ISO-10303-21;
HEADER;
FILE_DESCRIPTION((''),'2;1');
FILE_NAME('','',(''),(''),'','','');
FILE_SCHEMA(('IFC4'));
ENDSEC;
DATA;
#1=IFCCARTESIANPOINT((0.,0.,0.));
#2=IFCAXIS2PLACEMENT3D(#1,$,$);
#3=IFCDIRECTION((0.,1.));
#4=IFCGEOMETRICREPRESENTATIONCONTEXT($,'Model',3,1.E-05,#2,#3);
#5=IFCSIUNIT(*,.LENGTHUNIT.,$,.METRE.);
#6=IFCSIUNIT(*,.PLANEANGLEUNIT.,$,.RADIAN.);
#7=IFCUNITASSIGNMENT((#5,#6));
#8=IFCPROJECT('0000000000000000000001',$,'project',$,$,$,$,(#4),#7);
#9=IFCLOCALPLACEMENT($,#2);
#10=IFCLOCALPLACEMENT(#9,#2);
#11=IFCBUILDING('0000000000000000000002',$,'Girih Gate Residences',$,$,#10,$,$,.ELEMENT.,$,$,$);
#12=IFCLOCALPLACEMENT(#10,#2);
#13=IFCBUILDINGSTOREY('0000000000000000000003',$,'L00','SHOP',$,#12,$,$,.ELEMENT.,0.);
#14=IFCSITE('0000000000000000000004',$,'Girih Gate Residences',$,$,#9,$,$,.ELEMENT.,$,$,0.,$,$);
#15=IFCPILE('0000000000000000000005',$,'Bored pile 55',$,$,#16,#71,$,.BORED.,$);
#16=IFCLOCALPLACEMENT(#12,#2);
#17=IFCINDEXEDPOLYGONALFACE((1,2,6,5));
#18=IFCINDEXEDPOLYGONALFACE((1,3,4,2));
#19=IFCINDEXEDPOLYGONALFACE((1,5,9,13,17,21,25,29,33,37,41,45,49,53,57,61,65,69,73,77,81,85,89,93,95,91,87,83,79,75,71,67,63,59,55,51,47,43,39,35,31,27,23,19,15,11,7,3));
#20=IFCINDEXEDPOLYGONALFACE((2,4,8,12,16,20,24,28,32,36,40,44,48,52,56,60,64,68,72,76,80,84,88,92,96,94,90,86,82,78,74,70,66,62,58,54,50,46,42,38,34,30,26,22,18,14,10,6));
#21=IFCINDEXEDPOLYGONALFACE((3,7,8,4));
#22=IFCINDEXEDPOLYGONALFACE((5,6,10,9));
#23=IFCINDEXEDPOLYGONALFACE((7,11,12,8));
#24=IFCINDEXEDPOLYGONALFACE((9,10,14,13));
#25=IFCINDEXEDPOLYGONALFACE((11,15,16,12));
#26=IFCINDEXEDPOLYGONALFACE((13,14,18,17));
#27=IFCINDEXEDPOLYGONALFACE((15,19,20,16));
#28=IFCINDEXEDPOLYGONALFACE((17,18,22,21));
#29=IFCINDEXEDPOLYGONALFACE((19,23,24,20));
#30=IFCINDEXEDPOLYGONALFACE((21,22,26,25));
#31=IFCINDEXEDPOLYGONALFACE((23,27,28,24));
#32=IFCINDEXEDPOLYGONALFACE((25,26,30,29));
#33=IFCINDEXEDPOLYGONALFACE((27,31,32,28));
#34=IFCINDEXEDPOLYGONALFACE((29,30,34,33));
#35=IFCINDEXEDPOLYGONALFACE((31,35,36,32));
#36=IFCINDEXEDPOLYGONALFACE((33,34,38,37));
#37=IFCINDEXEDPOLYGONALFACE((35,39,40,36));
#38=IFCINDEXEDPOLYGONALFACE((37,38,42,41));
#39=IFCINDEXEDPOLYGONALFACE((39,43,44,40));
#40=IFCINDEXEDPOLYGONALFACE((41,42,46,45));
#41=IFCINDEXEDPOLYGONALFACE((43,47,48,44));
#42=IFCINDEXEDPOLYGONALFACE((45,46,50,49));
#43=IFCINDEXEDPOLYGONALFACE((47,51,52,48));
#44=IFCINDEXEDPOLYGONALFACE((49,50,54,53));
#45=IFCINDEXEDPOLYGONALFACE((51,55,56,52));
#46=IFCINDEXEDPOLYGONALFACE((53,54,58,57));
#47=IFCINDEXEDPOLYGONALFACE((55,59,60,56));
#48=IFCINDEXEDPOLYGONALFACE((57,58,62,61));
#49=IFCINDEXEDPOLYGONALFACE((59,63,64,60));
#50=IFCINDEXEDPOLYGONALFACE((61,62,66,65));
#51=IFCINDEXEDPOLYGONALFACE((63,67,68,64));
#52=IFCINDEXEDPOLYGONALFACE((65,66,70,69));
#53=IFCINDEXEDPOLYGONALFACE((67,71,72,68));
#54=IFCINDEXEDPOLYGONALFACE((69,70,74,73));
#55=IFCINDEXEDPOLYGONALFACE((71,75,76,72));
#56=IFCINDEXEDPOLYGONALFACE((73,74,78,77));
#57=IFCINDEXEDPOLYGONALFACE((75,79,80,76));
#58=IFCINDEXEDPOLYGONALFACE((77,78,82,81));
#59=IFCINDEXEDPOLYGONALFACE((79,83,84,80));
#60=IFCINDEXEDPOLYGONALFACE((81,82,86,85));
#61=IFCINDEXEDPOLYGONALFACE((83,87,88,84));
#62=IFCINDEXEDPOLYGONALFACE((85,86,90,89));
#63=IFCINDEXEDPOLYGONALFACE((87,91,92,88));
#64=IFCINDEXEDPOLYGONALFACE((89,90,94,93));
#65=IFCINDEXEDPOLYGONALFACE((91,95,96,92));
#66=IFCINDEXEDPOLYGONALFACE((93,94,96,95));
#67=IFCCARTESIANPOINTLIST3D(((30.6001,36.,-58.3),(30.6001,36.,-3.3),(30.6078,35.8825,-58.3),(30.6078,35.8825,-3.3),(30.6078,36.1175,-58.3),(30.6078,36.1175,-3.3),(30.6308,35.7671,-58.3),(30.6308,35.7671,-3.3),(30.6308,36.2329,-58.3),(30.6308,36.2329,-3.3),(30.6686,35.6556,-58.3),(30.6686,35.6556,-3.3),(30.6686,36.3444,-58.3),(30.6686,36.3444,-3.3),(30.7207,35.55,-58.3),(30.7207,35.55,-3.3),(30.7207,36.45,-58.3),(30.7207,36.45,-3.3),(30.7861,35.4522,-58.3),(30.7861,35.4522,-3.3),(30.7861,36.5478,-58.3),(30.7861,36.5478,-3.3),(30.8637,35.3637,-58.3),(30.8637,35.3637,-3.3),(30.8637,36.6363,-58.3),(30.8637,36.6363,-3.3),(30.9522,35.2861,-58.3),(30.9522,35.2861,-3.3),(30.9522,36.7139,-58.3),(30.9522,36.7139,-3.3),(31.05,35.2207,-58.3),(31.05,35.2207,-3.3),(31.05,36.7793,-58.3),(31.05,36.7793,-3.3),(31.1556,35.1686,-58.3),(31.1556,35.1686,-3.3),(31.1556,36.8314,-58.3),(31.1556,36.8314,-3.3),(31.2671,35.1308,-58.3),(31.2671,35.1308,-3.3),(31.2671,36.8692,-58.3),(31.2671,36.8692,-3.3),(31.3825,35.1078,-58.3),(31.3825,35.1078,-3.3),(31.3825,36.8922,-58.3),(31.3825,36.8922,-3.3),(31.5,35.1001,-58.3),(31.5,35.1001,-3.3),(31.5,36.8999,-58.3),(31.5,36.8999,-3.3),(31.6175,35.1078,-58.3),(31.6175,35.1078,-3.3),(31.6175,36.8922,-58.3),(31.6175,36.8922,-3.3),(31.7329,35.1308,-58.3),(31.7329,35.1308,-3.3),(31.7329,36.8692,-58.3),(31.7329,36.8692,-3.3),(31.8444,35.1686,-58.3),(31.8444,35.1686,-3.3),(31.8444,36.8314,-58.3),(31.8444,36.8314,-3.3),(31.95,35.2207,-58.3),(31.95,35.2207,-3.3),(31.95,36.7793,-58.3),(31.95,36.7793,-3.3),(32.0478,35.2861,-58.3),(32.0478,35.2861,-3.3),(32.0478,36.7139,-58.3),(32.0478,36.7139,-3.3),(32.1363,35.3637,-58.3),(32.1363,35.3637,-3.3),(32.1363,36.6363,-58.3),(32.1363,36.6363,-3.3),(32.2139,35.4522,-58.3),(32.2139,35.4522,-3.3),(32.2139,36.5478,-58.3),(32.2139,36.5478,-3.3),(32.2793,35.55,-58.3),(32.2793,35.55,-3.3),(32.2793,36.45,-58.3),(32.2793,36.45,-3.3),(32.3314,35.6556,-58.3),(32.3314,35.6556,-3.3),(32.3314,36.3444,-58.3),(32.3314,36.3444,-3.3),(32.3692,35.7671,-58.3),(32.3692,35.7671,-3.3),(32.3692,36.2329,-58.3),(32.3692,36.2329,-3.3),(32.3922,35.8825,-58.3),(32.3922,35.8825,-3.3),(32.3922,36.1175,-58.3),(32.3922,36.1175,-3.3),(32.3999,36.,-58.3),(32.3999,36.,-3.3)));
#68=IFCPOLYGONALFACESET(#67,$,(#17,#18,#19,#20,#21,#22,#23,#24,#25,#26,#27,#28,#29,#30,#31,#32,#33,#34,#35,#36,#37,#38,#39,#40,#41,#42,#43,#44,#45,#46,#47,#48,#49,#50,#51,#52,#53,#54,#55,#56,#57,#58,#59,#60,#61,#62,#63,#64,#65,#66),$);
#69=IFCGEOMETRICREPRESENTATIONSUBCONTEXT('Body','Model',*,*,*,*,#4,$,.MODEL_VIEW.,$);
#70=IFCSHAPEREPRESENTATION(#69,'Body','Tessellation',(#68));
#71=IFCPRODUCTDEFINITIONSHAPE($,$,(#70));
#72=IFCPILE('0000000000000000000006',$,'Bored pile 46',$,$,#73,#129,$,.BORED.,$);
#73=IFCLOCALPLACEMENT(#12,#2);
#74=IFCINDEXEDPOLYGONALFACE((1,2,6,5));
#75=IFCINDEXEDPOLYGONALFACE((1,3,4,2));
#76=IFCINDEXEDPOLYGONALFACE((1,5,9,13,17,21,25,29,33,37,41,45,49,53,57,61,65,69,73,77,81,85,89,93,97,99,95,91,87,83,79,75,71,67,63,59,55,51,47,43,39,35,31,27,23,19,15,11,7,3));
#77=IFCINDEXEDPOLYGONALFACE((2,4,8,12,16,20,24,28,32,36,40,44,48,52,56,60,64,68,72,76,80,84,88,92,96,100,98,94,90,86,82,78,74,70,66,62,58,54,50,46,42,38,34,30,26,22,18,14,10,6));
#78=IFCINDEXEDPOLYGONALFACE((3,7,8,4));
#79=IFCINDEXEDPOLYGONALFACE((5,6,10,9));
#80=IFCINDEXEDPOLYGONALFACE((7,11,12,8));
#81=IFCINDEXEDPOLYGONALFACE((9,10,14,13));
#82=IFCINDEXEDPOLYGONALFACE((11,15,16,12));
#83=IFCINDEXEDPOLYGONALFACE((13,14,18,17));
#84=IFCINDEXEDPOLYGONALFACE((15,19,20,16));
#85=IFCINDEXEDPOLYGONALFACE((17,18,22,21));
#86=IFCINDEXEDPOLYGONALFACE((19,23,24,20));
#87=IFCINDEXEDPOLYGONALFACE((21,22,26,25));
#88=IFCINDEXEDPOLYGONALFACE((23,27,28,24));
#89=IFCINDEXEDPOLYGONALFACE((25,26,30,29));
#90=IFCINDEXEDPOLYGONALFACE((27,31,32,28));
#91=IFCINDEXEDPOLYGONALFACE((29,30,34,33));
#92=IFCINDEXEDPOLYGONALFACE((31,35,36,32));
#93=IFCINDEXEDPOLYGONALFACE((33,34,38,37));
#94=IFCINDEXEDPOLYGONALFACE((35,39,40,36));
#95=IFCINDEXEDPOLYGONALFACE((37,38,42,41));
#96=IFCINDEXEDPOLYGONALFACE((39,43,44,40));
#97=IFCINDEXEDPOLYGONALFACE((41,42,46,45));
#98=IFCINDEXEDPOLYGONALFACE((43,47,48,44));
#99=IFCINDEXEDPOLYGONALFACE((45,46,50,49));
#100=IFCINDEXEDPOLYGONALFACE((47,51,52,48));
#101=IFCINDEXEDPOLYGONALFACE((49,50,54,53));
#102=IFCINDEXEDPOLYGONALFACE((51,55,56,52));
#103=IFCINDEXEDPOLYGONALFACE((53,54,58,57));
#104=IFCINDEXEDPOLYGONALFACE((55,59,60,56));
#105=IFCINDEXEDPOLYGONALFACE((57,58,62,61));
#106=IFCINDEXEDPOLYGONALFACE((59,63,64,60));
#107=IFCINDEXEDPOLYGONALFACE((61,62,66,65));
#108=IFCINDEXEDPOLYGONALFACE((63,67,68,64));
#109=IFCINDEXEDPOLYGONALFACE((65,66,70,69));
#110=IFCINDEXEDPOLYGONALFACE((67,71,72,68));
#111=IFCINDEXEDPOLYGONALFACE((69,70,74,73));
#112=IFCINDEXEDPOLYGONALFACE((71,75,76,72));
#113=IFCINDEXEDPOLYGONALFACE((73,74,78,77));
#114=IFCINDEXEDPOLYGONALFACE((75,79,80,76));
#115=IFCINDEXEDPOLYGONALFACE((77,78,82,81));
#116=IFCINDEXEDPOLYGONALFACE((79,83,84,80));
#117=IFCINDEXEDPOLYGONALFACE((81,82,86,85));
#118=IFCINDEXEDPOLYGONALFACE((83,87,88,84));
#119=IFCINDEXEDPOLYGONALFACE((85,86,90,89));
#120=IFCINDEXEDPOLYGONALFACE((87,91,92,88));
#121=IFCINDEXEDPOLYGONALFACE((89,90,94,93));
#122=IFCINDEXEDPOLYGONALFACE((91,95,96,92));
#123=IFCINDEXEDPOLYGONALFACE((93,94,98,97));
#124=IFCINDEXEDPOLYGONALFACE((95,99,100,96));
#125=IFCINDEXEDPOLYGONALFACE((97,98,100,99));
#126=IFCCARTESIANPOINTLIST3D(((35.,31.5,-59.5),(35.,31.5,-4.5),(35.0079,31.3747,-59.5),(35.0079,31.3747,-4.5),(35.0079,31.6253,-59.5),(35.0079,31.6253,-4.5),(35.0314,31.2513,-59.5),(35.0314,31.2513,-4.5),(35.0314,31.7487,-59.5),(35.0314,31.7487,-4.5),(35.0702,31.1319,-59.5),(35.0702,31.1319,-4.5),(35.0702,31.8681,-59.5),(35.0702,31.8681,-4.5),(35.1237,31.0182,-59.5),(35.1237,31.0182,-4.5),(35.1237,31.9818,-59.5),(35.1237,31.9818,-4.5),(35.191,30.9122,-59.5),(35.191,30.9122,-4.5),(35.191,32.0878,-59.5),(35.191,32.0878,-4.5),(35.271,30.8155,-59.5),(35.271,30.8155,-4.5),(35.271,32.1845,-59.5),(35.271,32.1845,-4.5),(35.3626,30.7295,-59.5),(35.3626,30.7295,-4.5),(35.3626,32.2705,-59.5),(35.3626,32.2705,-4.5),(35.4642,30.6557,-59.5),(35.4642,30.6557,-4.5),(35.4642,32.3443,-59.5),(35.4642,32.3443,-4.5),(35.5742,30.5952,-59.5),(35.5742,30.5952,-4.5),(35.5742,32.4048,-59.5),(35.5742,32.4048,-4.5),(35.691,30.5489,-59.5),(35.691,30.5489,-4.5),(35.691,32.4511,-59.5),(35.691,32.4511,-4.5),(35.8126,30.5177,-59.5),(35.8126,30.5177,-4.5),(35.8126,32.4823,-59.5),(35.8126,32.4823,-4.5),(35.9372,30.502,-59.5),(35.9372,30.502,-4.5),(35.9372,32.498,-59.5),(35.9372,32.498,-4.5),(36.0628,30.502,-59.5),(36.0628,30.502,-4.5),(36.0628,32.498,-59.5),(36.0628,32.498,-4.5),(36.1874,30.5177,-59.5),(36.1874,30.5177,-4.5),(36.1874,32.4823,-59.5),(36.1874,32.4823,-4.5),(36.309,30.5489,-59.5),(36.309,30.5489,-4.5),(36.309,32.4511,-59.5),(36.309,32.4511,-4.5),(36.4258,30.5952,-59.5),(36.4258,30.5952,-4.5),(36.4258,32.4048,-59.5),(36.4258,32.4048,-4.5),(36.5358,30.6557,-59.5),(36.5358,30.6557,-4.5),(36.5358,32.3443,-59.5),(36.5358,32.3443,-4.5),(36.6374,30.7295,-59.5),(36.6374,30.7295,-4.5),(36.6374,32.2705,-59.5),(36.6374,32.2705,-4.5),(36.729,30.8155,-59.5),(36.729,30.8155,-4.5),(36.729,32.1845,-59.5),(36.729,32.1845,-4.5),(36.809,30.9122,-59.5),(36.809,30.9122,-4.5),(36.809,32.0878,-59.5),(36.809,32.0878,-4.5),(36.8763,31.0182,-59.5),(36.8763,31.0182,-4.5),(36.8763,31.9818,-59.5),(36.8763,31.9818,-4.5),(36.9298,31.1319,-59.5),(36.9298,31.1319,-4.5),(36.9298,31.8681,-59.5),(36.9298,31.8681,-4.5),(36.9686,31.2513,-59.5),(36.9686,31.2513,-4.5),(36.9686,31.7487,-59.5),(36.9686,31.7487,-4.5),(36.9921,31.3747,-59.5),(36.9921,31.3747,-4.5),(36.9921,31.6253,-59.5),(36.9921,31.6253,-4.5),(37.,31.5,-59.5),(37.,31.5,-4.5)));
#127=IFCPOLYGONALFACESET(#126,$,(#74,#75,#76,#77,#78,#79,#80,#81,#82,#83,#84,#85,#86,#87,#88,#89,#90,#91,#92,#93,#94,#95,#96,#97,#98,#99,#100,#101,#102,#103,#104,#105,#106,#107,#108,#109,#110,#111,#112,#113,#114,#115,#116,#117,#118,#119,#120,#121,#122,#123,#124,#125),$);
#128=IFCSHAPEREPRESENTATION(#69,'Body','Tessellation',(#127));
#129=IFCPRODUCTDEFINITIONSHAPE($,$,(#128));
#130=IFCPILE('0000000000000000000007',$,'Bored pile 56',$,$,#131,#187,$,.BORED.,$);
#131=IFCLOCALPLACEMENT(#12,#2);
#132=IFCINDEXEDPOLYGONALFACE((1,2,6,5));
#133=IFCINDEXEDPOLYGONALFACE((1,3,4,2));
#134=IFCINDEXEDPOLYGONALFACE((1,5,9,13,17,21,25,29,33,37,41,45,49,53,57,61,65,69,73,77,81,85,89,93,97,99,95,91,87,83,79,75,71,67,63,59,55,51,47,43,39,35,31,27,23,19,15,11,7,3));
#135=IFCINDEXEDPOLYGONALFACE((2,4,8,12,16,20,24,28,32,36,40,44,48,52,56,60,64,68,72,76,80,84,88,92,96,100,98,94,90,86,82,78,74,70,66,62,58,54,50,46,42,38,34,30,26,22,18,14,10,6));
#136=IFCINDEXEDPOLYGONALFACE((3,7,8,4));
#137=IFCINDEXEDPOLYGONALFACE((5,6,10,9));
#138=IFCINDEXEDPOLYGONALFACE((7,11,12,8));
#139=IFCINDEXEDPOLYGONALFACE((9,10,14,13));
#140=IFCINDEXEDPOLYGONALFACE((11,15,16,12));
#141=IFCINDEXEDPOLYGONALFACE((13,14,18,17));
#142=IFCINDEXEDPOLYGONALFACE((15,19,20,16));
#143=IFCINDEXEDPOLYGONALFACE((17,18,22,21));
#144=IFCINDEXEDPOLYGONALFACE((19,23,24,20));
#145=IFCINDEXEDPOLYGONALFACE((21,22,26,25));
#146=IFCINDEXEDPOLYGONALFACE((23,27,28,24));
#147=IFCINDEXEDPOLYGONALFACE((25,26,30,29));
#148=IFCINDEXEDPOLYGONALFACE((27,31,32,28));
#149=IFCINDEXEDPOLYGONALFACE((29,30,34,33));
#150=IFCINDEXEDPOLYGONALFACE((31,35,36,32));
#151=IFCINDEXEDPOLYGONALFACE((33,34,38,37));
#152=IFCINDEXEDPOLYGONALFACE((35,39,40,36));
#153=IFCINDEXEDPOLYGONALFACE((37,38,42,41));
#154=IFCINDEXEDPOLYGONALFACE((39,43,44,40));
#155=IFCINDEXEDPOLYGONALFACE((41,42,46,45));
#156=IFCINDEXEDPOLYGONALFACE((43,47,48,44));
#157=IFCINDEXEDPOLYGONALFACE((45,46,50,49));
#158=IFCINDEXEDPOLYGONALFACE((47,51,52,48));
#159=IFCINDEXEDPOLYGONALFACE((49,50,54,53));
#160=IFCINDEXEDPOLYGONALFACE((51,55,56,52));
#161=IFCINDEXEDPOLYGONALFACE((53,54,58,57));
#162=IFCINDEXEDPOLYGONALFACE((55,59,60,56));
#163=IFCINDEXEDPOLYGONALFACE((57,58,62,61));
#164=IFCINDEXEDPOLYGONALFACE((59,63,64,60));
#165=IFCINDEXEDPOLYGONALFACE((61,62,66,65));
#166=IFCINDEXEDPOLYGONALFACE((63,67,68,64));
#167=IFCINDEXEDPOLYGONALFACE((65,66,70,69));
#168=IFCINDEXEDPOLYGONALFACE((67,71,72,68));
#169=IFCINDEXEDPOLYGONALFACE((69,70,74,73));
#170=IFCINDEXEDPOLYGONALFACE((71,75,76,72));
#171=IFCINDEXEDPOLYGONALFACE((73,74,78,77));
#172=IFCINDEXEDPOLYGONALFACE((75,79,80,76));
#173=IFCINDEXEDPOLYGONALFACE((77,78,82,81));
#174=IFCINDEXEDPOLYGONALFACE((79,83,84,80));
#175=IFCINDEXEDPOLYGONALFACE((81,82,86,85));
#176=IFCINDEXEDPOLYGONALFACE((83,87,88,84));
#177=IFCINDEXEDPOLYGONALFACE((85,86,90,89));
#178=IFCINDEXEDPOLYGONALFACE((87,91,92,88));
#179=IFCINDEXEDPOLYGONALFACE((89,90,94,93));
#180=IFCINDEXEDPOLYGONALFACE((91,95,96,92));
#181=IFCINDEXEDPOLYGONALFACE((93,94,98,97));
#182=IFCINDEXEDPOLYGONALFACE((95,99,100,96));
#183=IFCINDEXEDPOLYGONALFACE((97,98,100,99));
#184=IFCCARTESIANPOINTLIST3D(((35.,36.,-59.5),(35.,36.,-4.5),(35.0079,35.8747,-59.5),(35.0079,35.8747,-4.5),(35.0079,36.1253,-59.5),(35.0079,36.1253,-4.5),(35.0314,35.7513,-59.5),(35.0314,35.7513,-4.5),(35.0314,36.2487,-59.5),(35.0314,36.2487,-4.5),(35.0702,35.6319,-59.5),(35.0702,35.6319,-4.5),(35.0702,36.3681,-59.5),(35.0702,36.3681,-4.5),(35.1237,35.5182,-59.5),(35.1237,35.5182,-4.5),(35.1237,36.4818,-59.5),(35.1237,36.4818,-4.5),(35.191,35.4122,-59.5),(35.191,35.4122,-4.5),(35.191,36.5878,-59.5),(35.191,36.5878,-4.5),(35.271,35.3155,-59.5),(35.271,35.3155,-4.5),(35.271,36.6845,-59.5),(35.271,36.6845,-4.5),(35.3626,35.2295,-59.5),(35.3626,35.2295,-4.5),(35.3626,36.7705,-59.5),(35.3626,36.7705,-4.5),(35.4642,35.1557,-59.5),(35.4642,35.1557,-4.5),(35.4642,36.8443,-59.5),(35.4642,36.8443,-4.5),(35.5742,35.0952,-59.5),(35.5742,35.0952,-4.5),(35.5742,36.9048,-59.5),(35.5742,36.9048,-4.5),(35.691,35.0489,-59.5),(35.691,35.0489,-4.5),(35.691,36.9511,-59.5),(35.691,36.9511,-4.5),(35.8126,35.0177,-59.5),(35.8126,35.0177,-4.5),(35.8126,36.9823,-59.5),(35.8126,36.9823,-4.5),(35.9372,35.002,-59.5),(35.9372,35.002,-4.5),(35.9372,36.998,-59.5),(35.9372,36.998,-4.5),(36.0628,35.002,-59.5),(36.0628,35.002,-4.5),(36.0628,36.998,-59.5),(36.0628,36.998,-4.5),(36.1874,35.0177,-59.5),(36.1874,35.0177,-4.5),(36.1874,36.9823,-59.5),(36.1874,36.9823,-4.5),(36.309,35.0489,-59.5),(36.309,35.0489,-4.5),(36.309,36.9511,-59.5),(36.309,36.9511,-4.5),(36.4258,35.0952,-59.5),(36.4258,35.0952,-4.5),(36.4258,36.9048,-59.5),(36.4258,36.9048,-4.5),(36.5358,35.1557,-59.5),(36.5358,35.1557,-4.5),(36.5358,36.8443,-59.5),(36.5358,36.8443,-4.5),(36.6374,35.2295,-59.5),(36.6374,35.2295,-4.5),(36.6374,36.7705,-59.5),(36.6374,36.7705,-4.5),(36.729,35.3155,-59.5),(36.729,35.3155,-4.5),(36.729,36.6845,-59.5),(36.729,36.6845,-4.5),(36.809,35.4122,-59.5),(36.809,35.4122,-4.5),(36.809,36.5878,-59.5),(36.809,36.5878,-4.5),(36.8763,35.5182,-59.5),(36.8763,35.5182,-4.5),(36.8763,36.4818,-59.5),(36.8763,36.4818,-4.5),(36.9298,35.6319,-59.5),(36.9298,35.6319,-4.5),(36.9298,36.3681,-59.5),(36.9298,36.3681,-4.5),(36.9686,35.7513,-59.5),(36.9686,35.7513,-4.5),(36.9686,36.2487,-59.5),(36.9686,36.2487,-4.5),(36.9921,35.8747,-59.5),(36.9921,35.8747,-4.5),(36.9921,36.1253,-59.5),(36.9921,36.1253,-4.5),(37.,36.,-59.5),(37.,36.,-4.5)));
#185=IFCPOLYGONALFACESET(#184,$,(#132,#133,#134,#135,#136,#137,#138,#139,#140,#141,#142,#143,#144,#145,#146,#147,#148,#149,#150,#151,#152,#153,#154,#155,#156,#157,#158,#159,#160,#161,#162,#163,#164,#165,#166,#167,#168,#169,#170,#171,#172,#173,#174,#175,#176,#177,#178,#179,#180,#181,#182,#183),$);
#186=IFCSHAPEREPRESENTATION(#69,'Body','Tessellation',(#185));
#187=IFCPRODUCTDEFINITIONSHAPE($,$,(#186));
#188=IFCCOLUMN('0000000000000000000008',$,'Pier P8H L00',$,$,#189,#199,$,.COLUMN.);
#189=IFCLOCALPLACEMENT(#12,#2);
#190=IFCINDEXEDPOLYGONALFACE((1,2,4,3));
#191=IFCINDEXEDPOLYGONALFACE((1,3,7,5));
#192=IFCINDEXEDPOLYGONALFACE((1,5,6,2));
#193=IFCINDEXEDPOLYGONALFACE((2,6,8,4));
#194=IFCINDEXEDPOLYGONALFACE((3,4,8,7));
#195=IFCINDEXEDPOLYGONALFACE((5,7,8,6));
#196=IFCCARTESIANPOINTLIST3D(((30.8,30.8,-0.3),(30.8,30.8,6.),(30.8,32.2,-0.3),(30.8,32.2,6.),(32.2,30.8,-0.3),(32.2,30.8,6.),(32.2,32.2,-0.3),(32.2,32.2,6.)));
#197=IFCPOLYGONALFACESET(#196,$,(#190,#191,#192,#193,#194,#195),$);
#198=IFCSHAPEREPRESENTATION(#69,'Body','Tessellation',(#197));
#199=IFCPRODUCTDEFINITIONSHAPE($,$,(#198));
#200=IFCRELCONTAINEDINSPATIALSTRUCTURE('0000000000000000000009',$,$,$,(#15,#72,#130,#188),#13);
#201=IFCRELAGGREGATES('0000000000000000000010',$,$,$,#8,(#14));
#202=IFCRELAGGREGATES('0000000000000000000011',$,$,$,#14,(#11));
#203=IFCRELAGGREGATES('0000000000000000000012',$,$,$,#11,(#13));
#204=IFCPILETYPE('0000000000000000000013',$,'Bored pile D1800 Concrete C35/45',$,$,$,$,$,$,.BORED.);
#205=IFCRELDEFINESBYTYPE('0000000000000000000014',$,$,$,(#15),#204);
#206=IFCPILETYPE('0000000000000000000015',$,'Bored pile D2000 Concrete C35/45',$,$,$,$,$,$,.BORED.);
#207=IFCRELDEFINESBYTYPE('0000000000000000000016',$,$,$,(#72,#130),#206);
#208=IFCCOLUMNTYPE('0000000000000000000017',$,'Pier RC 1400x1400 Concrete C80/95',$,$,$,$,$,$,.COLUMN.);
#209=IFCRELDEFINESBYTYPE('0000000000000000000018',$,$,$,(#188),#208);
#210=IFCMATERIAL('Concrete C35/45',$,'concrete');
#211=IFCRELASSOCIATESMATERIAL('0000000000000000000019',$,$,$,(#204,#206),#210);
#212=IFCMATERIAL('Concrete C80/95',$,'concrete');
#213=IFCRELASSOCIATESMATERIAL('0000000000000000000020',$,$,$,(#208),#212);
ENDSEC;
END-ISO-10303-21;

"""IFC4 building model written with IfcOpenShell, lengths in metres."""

from ifc_helpers import new_model, si_unit, direction, frame, origin, origin_2d, place, context, subcontext, project, spatial, rectangle, circle, extrude, material, material_profile, profile_set, type_object, element, save


model = new_model("IFC4")

# Units and contexts
model_context = context("Model", 3, precision=1e-05, world=origin(), true_north=direction((0.0, 1.0)))
body_context = subcontext(model_context, "Body", "Model", "MODEL_VIEW")
ifc_project = project(units=[si_unit("LENGTHUNIT", "METRE"), si_unit("PLANEANGLEUNIT", "RADIAN")], contexts=[model_context])

# Site, building, storey
site_placement = place(None, origin())
site = spatial("IfcSite", under=ifc_project, at=site_placement, Name="Girih Gate Residences", CompositionType="ELEMENT", RefElevation=0.0)
building_placement = place(site_placement, origin())
building = spatial("IfcBuilding", under=site, at=building_placement, Name="Girih Gate Residences", CompositionType="ELEMENT")
storey_placement = place(building_placement, origin())
storey = spatial("IfcBuildingStorey", under=building, at=storey_placement, Name="L00", Description="SHOP", CompositionType="ELEMENT", Elevation=0.0)

# Piles
ifc_material_1 = material(Name="Concrete C35/45", Category="concrete")
ifc_material_profile_1 = material_profile(ifc_material_1, circle(Radius=0.8999, at=origin_2d()))
ifc_profile_set_1 = profile_set([ifc_material_profile_1], Name="Concrete C35/45")
pile_type_1 = type_object("IfcPileType", Name="Bored pile D1800 Concrete C35/45", PredefinedType="BORED", material=ifc_profile_set_1)
pile_placement = place(storey_placement, frame((31.5, 36.0, -3.3), z_axis=(0.0, 0.0, -1.0), x_axis=(1.0, 0.0, 0.0)))
element("IfcPile", 1, at=pile_placement, inside=storey, type_object=pile_type_1, Name="Bored pile 55", PredefinedType="BORED", context=body_context, shape_type="SweptSolid", body=[
    extrude(circle(Radius=0.8999, at=origin_2d()), origin(), (0.0, 0.0, 1.0), 55.0),
])
ifc_material_profile_2 = material_profile(ifc_material_1, circle(Radius=1.0, at=origin_2d()))
ifc_profile_set_2 = profile_set([ifc_material_profile_2], Name="Concrete C35/45")
pile_type_2 = type_object("IfcPileType", Name="Bored pile D2000 Concrete C35/45", PredefinedType="BORED", material=ifc_profile_set_2)
for number, where, z_axis, x_axis, name in (
    (2, (36.0, 31.5, -4.5), (0.0, 0.0, -1.0), (1.0, 0.0, 0.0), "Bored pile 46"),
    (3, (36.0, 36.0, -4.5), (0.0, 0.0, -1.0), (1.0, 0.0, 0.0), "Bored pile 56"),
):
    element("IfcPile", number, at=place(storey_placement, frame(where, z_axis=z_axis, x_axis=x_axis)), inside=storey, type_object=pile_type_2, Name=name, PredefinedType="BORED", context=body_context, shape_type="SweptSolid", body=[
        extrude(circle(Radius=1.0, at=origin_2d()), origin(), (0.0, 0.0, 1.0), 55.0),
    ])

# Column
ifc_material_2 = material(Name="Concrete C80/95", Category="concrete")
ifc_material_profile_3 = material_profile(ifc_material_2, rectangle(XDim=1.3999, YDim=1.3999, at=origin_2d()))
ifc_profile_set_3 = profile_set([ifc_material_profile_3], Name="Concrete C80/95")
column_type = type_object("IfcColumnType", Name="Pier RC 1400x1400 Concrete C80/95", PredefinedType="COLUMN", material=ifc_profile_set_3)
for number, where, z_axis, x_axis, name in (
    (4, (31.5, 31.5, -0.3), (0.0, 0.0, 1.0), (1.0, 0.0, 0.0), "Pier P8H L00"),
):
    element("IfcColumn", number, at=place(storey_placement, frame(where, z_axis=z_axis, x_axis=x_axis)), inside=storey, type_object=column_type, Name=name, PredefinedType="COLUMN", context=body_context, shape_type="SweptSolid", body=[
        extrude(rectangle(XDim=1.3999, YDim=1.3999, at=origin_2d()), origin(), (0.0, 0.0, 1.0), 6.3),
    ])

save(model, "model.ifc")
